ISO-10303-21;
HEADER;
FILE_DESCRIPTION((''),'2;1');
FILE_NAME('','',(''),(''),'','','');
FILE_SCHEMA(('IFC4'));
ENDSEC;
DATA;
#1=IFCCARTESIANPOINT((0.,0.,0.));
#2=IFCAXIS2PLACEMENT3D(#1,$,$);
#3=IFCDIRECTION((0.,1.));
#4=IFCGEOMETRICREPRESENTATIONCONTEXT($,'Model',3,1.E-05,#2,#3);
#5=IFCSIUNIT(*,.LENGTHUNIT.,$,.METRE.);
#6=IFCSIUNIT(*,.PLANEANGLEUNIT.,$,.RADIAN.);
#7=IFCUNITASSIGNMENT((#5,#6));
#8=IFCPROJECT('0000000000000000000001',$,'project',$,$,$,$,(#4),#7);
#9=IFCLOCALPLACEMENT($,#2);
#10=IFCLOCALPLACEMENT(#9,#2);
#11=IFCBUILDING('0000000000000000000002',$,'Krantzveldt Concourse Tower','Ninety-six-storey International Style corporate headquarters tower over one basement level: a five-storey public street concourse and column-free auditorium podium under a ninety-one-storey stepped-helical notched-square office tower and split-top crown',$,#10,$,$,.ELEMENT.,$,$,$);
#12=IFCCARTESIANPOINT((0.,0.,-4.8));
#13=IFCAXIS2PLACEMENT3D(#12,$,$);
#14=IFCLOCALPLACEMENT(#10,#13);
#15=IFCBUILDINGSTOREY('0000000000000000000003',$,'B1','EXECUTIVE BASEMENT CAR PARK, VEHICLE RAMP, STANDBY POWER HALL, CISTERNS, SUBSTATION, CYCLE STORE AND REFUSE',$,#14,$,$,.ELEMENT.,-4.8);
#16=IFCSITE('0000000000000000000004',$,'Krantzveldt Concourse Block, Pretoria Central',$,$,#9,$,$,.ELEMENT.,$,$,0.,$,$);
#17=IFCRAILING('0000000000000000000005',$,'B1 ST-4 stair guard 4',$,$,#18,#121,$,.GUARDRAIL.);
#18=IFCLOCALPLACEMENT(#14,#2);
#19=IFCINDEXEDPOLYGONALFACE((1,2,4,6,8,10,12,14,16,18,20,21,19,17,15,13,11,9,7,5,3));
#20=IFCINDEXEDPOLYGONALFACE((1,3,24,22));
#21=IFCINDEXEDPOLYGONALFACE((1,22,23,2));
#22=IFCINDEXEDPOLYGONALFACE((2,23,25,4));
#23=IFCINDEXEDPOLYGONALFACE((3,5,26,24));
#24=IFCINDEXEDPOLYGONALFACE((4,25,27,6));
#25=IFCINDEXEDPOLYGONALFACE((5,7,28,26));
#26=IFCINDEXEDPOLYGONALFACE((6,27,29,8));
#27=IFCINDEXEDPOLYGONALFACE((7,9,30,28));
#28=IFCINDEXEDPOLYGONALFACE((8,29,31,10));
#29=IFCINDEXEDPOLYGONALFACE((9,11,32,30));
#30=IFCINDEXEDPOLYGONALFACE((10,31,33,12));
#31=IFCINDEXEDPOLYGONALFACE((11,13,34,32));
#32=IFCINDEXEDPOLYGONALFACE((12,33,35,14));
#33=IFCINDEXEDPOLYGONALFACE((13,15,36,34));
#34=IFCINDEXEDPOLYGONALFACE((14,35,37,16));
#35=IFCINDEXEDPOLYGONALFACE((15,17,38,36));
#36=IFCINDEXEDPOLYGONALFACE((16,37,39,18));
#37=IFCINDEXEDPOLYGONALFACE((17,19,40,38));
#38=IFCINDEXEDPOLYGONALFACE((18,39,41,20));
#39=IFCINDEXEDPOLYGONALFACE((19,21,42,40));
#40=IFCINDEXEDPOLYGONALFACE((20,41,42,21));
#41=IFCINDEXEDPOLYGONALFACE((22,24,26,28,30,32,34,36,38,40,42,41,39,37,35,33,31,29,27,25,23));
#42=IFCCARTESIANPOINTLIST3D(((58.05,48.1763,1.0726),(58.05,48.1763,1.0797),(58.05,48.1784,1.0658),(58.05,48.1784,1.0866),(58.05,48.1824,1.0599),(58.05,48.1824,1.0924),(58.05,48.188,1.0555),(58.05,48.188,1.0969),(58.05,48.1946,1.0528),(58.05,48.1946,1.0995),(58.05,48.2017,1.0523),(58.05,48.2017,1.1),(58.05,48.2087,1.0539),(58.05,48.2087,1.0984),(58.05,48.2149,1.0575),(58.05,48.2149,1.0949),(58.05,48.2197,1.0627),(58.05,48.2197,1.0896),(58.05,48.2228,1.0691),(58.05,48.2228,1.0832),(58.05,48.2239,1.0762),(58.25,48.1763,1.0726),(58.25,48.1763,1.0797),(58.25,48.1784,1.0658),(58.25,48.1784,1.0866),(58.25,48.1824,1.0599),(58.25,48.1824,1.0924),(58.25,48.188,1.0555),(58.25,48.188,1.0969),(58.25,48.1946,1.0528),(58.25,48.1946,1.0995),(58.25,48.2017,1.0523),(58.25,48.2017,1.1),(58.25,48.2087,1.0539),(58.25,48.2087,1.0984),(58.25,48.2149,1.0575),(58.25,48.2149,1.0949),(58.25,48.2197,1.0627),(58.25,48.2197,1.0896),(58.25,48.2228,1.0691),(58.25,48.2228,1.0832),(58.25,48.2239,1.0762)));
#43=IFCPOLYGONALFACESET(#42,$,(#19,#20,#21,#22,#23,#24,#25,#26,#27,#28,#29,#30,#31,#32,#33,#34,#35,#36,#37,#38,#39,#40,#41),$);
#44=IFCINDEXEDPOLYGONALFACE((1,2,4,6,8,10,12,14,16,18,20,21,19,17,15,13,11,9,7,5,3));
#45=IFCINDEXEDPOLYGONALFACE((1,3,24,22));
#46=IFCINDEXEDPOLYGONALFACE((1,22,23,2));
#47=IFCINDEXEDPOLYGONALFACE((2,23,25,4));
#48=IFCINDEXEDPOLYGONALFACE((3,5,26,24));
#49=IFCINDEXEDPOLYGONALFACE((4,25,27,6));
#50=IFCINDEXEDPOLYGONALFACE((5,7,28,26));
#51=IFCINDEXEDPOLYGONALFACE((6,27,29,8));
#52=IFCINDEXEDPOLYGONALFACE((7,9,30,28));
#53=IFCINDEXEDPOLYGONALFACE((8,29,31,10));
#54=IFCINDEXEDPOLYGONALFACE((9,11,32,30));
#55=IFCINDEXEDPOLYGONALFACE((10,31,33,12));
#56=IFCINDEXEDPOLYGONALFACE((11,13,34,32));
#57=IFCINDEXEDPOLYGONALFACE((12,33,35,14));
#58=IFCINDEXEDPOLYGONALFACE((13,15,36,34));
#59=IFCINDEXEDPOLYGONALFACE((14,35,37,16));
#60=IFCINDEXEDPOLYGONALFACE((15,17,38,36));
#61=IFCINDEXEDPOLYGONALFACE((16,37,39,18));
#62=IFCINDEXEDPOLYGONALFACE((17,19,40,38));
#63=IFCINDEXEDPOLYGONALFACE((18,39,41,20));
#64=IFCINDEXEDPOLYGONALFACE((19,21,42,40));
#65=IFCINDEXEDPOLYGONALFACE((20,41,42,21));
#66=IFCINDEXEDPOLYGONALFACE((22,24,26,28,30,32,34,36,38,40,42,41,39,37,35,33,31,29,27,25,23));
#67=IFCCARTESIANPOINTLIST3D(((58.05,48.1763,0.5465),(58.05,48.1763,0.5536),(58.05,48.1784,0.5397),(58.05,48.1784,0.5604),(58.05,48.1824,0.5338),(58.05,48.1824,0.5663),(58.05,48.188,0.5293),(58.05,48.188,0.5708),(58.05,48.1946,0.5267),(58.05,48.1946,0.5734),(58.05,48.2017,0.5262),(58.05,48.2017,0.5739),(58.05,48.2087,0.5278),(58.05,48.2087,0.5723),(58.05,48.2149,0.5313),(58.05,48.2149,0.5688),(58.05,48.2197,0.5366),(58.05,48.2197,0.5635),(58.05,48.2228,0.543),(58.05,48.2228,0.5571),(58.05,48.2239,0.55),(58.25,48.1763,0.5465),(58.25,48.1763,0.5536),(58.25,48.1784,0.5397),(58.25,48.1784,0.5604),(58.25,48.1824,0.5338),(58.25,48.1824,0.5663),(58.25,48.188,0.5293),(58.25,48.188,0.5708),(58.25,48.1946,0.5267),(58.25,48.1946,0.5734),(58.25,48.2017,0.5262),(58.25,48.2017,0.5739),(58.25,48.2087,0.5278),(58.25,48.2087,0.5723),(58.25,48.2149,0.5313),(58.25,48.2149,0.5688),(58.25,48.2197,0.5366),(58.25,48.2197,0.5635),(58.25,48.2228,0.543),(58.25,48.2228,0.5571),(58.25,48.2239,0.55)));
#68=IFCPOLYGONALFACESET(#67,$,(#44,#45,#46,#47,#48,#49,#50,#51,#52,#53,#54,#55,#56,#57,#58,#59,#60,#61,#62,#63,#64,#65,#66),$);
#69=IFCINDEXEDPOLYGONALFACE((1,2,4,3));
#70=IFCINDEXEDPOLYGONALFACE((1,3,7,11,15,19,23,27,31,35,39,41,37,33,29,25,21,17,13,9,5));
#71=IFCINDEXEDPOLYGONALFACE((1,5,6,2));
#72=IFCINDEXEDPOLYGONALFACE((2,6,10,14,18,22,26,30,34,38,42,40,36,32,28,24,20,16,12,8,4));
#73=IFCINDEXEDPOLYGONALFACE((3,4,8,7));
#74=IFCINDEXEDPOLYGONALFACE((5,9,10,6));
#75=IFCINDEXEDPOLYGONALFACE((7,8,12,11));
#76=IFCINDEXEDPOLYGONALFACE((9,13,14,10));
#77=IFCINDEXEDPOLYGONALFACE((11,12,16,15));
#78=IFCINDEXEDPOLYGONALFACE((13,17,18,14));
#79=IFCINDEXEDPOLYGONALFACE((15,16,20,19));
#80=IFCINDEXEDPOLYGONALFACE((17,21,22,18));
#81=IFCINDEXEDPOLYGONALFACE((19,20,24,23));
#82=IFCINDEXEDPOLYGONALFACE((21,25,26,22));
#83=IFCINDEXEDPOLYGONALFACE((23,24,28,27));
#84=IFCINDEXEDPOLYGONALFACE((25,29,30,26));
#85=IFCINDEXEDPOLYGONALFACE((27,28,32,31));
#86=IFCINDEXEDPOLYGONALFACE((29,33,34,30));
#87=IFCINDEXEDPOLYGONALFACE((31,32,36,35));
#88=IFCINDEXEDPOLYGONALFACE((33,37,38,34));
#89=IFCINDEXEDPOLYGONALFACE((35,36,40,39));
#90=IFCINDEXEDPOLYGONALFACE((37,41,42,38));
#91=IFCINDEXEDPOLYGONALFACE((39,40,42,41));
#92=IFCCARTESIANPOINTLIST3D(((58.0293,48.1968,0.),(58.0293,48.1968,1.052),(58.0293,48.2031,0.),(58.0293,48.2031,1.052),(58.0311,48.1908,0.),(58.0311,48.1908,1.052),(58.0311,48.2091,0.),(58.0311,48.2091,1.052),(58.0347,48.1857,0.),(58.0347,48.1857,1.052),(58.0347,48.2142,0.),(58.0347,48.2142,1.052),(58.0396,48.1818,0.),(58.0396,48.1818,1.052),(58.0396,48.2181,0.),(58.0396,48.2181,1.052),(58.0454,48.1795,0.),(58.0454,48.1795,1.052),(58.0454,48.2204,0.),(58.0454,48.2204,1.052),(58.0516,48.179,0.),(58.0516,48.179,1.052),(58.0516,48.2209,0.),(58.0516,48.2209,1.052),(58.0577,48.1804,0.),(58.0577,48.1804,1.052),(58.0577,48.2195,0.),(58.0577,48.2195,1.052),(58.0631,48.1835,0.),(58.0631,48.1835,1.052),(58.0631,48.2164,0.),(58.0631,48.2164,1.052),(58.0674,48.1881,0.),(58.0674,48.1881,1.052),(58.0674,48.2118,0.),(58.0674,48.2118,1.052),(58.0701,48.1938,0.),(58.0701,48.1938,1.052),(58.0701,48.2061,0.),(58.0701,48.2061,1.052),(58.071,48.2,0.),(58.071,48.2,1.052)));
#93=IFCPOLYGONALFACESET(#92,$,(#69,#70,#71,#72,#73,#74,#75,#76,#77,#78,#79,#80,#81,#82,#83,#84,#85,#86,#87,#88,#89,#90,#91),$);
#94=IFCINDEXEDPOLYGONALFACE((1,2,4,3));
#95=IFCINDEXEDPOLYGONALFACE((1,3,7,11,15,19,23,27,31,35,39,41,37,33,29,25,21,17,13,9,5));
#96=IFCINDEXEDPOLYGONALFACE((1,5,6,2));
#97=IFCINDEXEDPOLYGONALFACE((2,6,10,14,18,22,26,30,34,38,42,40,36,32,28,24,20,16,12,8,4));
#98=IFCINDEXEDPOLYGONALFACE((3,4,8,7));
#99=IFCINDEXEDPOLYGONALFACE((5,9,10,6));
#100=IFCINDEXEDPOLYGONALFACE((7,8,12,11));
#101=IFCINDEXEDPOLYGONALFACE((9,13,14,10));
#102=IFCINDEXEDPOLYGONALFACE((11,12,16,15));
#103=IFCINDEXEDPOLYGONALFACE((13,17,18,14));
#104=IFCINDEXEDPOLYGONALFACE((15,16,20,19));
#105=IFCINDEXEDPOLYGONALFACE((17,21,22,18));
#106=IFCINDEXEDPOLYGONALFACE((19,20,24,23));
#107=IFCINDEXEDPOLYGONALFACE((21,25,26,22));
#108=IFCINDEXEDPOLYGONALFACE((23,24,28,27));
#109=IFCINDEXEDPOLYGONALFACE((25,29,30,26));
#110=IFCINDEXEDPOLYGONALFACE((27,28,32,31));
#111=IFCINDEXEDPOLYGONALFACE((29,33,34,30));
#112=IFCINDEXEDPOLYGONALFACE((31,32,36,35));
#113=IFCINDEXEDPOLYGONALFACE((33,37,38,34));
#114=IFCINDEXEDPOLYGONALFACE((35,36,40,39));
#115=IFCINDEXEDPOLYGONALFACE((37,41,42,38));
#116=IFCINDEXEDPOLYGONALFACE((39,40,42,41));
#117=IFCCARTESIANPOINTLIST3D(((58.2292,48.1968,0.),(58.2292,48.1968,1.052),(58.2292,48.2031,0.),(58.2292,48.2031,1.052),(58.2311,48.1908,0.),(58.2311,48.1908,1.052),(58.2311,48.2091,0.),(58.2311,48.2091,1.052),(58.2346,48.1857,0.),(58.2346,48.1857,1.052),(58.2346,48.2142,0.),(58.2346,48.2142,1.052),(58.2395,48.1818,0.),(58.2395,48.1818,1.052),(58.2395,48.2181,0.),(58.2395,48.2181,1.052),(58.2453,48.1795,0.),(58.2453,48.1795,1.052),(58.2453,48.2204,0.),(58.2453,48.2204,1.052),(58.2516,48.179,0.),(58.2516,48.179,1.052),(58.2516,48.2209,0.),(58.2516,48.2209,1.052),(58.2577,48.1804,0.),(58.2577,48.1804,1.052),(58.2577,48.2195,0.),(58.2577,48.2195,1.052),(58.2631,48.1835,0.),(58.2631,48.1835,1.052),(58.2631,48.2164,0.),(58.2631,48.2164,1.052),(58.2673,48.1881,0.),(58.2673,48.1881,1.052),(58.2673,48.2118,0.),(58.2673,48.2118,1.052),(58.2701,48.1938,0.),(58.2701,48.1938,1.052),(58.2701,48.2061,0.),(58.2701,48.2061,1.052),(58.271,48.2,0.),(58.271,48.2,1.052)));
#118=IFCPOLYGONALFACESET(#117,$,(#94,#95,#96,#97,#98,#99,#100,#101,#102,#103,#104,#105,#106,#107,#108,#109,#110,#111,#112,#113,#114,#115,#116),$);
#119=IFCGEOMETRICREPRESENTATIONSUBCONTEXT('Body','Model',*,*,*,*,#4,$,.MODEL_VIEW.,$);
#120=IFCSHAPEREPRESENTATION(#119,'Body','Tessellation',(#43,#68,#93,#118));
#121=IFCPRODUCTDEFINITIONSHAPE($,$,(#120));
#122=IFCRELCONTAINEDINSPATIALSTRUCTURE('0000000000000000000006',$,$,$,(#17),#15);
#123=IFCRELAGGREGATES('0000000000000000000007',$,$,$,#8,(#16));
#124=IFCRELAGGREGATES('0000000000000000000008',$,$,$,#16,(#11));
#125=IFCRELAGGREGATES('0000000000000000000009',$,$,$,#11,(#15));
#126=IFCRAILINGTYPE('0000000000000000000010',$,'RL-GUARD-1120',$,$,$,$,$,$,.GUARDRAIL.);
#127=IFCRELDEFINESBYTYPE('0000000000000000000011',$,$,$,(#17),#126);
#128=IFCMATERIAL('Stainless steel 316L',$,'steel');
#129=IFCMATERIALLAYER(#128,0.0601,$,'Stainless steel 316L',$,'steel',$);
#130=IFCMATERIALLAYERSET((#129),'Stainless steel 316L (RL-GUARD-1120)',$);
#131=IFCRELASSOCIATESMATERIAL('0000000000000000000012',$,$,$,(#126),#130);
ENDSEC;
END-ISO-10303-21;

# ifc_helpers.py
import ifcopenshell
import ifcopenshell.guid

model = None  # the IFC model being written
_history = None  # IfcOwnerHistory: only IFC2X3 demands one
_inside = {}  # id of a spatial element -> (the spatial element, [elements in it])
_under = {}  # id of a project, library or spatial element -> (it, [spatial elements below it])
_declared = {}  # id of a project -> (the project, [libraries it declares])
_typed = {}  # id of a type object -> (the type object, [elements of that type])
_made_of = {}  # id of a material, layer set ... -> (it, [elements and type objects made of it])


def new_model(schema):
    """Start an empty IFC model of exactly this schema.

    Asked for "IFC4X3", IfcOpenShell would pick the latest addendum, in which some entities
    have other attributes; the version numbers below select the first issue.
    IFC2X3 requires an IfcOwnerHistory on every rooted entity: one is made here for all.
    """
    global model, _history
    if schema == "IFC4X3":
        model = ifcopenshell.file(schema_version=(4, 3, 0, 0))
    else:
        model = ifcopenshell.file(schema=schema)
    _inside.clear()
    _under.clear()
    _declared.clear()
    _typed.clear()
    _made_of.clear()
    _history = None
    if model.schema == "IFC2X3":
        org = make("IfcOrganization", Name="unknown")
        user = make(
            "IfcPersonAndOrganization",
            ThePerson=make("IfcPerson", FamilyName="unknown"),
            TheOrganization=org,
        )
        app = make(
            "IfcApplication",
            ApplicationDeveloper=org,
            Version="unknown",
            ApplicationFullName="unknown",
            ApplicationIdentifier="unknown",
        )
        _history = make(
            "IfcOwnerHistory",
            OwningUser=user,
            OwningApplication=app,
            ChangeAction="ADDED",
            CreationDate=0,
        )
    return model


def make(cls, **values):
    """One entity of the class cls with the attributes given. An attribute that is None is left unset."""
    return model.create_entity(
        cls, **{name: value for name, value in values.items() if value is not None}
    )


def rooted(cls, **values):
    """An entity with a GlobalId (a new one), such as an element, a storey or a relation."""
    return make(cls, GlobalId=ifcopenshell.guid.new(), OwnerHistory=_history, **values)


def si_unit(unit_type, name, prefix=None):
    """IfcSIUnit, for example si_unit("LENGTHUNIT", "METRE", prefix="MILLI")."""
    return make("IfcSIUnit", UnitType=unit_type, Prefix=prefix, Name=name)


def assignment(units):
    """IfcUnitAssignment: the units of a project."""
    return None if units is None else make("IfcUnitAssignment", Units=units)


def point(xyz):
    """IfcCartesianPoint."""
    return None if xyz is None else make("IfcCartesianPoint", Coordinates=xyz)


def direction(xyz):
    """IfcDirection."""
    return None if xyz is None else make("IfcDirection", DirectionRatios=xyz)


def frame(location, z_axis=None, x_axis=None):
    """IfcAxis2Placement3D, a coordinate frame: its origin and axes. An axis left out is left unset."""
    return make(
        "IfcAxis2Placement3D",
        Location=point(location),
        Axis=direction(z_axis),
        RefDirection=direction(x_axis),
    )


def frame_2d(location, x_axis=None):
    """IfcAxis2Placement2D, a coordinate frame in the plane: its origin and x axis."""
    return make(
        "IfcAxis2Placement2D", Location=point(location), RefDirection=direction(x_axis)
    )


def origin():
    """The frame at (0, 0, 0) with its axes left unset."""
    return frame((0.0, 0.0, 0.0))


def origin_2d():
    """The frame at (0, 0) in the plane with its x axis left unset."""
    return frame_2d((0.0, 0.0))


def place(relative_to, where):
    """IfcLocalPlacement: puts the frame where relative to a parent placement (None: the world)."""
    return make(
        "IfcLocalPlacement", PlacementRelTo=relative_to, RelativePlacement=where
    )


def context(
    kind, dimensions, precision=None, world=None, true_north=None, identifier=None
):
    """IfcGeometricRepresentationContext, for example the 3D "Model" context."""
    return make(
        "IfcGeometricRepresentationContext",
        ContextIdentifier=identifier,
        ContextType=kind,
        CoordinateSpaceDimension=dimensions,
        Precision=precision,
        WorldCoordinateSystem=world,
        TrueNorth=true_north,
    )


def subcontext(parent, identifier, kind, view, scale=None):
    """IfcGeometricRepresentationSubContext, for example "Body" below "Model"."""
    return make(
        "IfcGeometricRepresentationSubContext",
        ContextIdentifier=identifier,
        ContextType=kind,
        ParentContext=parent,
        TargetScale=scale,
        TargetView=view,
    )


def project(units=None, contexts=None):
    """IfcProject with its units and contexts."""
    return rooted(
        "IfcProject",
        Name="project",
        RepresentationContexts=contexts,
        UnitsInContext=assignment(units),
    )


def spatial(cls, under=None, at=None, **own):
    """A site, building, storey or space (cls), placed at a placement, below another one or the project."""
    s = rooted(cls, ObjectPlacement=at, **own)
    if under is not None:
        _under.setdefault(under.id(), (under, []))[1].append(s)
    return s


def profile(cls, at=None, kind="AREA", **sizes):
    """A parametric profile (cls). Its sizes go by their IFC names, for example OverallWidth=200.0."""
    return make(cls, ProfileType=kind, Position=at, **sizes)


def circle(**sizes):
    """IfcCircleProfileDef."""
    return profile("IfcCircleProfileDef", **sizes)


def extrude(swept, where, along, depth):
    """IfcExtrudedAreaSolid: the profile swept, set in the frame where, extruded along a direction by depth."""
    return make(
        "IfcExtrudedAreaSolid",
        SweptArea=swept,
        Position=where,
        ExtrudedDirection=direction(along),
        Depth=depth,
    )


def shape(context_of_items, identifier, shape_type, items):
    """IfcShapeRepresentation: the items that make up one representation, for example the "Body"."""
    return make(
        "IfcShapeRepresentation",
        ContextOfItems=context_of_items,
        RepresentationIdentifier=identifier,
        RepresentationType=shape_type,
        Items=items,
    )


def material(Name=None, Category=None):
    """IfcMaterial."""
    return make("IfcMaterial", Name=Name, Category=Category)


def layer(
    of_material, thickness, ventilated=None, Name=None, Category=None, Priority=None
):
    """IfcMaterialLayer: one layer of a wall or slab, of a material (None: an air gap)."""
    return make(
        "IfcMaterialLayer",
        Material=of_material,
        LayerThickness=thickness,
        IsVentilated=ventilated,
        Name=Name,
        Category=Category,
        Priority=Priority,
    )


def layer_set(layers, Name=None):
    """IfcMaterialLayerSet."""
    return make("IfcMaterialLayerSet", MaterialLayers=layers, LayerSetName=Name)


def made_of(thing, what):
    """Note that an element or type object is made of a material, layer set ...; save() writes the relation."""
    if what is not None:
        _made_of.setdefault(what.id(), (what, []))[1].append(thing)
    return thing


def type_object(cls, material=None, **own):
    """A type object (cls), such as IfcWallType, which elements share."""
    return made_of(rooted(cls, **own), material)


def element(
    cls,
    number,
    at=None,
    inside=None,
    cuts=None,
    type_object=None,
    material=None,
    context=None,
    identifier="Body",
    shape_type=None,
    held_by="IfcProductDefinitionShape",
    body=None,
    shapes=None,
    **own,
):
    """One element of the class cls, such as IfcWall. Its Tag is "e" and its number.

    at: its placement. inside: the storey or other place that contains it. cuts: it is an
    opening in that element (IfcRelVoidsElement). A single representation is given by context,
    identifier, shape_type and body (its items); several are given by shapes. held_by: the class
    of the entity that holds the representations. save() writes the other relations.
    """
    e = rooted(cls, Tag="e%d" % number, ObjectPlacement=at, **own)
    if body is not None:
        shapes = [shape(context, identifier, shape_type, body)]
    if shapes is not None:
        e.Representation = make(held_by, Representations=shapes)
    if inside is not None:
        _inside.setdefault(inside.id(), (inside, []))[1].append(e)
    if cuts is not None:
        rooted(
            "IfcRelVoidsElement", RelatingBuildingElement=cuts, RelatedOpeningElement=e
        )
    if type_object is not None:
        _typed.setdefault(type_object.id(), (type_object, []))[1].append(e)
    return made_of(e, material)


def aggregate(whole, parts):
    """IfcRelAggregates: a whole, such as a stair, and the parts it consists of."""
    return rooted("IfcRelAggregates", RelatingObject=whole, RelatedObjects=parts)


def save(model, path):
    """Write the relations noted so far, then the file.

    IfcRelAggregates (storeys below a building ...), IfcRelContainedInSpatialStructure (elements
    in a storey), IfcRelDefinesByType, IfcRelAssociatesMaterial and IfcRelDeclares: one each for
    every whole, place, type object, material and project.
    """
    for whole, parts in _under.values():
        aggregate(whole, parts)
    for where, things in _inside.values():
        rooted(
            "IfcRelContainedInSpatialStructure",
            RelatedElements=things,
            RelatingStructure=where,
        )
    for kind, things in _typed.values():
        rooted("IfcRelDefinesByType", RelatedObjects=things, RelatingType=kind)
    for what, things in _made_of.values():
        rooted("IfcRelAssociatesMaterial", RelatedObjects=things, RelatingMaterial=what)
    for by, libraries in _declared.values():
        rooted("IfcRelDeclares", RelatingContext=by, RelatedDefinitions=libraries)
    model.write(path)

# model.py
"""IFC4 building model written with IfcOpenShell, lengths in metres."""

from ifc_helpers import new_model, si_unit, direction, frame, origin, origin_2d, place, context, subcontext, project, spatial, circle, extrude, material, layer, layer_set, type_object, element, save


model = new_model("IFC4")

# Units and contexts
model_context = context("Model", 3, precision=1e-05, world=origin(), true_north=direction((0.0, 1.0)))
body_context = subcontext(model_context, "Body", "Model", "MODEL_VIEW")
ifc_project = project(units=[si_unit("LENGTHUNIT", "METRE"), si_unit("PLANEANGLEUNIT", "RADIAN")], contexts=[model_context])

# Site, building, storey
site_placement = place(None, origin())
site = spatial("IfcSite", under=ifc_project, at=site_placement, Name="Krantzveldt Concourse Block, Pretoria Central", CompositionType="ELEMENT", RefElevation=0.0)
building_placement = place(site_placement, origin())
building = spatial("IfcBuilding", under=site, at=building_placement, Name="Krantzveldt Concourse Tower", Description="Ninety-six-storey International Style corporate headquarters tower over one basement level: a five-storey public street concourse and column-free auditorium podium under a ninety-one-storey stepped-helical notched-square office tower and split-top crown", CompositionType="ELEMENT")
storey_placement = place(building_placement, frame((0.0, 0.0, -4.8)))
storey = spatial("IfcBuildingStorey", under=building, at=storey_placement, Name="B1", Description="EXECUTIVE BASEMENT CAR PARK, VEHICLE RAMP, STANDBY POWER HALL, CISTERNS, SUBSTATION, CYCLE STORE AND REFUSE", CompositionType="ELEMENT", Elevation=-4.8)

# Railing
ifc_material_1 = material(Name="Stainless steel 316L", Category="steel")
ifc_layer_1 = layer(ifc_material_1, 0.0601, Name="Stainless steel 316L", Category="steel")
ifc_layer_set_1 = layer_set([ifc_layer_1], Name="Stainless steel 316L (RL-GUARD-1120)")
railing_type_1 = type_object("IfcRailingType", Name="RL-GUARD-1120", PredefinedType="GUARDRAIL", material=ifc_layer_set_1)
railing_1_placement = place(storey_placement, frame((58.05, 48.2, 0.0)))
element("IfcRailing", 1, at=railing_1_placement, inside=storey, type_object=railing_type_1, Name="B1 ST-4 stair guard 4", PredefinedType="GUARDRAIL", context=body_context, shape_type="SweptSolid", body=[
    extrude(circle(Radius=0.0239, at=origin_2d()), frame((0.0, 0.0, 1.0762), z_axis=(1.0, 0.0, 0.0), x_axis=(0.0, 1.0, 0.0)), (0.0, 0.0, 1.0), 0.2),
    extrude(circle(Radius=0.0239, at=origin_2d()), frame((0.0, 0.0, 0.55), z_axis=(1.0, 0.0, 0.0), x_axis=(0.0, 1.0, 0.0)), (0.0, 0.0, 1.0), 0.2),
    extrude(circle(Radius=0.021, at=origin_2d()), origin(), (0.0, 0.0, 1.0), 1.052),
    extrude(circle(Radius=0.021, at=origin_2d()), frame((0.2, 0.0, 0.0)), (0.0, 0.0, 1.0), 1.052),
])

save(model, "model.ifc")
